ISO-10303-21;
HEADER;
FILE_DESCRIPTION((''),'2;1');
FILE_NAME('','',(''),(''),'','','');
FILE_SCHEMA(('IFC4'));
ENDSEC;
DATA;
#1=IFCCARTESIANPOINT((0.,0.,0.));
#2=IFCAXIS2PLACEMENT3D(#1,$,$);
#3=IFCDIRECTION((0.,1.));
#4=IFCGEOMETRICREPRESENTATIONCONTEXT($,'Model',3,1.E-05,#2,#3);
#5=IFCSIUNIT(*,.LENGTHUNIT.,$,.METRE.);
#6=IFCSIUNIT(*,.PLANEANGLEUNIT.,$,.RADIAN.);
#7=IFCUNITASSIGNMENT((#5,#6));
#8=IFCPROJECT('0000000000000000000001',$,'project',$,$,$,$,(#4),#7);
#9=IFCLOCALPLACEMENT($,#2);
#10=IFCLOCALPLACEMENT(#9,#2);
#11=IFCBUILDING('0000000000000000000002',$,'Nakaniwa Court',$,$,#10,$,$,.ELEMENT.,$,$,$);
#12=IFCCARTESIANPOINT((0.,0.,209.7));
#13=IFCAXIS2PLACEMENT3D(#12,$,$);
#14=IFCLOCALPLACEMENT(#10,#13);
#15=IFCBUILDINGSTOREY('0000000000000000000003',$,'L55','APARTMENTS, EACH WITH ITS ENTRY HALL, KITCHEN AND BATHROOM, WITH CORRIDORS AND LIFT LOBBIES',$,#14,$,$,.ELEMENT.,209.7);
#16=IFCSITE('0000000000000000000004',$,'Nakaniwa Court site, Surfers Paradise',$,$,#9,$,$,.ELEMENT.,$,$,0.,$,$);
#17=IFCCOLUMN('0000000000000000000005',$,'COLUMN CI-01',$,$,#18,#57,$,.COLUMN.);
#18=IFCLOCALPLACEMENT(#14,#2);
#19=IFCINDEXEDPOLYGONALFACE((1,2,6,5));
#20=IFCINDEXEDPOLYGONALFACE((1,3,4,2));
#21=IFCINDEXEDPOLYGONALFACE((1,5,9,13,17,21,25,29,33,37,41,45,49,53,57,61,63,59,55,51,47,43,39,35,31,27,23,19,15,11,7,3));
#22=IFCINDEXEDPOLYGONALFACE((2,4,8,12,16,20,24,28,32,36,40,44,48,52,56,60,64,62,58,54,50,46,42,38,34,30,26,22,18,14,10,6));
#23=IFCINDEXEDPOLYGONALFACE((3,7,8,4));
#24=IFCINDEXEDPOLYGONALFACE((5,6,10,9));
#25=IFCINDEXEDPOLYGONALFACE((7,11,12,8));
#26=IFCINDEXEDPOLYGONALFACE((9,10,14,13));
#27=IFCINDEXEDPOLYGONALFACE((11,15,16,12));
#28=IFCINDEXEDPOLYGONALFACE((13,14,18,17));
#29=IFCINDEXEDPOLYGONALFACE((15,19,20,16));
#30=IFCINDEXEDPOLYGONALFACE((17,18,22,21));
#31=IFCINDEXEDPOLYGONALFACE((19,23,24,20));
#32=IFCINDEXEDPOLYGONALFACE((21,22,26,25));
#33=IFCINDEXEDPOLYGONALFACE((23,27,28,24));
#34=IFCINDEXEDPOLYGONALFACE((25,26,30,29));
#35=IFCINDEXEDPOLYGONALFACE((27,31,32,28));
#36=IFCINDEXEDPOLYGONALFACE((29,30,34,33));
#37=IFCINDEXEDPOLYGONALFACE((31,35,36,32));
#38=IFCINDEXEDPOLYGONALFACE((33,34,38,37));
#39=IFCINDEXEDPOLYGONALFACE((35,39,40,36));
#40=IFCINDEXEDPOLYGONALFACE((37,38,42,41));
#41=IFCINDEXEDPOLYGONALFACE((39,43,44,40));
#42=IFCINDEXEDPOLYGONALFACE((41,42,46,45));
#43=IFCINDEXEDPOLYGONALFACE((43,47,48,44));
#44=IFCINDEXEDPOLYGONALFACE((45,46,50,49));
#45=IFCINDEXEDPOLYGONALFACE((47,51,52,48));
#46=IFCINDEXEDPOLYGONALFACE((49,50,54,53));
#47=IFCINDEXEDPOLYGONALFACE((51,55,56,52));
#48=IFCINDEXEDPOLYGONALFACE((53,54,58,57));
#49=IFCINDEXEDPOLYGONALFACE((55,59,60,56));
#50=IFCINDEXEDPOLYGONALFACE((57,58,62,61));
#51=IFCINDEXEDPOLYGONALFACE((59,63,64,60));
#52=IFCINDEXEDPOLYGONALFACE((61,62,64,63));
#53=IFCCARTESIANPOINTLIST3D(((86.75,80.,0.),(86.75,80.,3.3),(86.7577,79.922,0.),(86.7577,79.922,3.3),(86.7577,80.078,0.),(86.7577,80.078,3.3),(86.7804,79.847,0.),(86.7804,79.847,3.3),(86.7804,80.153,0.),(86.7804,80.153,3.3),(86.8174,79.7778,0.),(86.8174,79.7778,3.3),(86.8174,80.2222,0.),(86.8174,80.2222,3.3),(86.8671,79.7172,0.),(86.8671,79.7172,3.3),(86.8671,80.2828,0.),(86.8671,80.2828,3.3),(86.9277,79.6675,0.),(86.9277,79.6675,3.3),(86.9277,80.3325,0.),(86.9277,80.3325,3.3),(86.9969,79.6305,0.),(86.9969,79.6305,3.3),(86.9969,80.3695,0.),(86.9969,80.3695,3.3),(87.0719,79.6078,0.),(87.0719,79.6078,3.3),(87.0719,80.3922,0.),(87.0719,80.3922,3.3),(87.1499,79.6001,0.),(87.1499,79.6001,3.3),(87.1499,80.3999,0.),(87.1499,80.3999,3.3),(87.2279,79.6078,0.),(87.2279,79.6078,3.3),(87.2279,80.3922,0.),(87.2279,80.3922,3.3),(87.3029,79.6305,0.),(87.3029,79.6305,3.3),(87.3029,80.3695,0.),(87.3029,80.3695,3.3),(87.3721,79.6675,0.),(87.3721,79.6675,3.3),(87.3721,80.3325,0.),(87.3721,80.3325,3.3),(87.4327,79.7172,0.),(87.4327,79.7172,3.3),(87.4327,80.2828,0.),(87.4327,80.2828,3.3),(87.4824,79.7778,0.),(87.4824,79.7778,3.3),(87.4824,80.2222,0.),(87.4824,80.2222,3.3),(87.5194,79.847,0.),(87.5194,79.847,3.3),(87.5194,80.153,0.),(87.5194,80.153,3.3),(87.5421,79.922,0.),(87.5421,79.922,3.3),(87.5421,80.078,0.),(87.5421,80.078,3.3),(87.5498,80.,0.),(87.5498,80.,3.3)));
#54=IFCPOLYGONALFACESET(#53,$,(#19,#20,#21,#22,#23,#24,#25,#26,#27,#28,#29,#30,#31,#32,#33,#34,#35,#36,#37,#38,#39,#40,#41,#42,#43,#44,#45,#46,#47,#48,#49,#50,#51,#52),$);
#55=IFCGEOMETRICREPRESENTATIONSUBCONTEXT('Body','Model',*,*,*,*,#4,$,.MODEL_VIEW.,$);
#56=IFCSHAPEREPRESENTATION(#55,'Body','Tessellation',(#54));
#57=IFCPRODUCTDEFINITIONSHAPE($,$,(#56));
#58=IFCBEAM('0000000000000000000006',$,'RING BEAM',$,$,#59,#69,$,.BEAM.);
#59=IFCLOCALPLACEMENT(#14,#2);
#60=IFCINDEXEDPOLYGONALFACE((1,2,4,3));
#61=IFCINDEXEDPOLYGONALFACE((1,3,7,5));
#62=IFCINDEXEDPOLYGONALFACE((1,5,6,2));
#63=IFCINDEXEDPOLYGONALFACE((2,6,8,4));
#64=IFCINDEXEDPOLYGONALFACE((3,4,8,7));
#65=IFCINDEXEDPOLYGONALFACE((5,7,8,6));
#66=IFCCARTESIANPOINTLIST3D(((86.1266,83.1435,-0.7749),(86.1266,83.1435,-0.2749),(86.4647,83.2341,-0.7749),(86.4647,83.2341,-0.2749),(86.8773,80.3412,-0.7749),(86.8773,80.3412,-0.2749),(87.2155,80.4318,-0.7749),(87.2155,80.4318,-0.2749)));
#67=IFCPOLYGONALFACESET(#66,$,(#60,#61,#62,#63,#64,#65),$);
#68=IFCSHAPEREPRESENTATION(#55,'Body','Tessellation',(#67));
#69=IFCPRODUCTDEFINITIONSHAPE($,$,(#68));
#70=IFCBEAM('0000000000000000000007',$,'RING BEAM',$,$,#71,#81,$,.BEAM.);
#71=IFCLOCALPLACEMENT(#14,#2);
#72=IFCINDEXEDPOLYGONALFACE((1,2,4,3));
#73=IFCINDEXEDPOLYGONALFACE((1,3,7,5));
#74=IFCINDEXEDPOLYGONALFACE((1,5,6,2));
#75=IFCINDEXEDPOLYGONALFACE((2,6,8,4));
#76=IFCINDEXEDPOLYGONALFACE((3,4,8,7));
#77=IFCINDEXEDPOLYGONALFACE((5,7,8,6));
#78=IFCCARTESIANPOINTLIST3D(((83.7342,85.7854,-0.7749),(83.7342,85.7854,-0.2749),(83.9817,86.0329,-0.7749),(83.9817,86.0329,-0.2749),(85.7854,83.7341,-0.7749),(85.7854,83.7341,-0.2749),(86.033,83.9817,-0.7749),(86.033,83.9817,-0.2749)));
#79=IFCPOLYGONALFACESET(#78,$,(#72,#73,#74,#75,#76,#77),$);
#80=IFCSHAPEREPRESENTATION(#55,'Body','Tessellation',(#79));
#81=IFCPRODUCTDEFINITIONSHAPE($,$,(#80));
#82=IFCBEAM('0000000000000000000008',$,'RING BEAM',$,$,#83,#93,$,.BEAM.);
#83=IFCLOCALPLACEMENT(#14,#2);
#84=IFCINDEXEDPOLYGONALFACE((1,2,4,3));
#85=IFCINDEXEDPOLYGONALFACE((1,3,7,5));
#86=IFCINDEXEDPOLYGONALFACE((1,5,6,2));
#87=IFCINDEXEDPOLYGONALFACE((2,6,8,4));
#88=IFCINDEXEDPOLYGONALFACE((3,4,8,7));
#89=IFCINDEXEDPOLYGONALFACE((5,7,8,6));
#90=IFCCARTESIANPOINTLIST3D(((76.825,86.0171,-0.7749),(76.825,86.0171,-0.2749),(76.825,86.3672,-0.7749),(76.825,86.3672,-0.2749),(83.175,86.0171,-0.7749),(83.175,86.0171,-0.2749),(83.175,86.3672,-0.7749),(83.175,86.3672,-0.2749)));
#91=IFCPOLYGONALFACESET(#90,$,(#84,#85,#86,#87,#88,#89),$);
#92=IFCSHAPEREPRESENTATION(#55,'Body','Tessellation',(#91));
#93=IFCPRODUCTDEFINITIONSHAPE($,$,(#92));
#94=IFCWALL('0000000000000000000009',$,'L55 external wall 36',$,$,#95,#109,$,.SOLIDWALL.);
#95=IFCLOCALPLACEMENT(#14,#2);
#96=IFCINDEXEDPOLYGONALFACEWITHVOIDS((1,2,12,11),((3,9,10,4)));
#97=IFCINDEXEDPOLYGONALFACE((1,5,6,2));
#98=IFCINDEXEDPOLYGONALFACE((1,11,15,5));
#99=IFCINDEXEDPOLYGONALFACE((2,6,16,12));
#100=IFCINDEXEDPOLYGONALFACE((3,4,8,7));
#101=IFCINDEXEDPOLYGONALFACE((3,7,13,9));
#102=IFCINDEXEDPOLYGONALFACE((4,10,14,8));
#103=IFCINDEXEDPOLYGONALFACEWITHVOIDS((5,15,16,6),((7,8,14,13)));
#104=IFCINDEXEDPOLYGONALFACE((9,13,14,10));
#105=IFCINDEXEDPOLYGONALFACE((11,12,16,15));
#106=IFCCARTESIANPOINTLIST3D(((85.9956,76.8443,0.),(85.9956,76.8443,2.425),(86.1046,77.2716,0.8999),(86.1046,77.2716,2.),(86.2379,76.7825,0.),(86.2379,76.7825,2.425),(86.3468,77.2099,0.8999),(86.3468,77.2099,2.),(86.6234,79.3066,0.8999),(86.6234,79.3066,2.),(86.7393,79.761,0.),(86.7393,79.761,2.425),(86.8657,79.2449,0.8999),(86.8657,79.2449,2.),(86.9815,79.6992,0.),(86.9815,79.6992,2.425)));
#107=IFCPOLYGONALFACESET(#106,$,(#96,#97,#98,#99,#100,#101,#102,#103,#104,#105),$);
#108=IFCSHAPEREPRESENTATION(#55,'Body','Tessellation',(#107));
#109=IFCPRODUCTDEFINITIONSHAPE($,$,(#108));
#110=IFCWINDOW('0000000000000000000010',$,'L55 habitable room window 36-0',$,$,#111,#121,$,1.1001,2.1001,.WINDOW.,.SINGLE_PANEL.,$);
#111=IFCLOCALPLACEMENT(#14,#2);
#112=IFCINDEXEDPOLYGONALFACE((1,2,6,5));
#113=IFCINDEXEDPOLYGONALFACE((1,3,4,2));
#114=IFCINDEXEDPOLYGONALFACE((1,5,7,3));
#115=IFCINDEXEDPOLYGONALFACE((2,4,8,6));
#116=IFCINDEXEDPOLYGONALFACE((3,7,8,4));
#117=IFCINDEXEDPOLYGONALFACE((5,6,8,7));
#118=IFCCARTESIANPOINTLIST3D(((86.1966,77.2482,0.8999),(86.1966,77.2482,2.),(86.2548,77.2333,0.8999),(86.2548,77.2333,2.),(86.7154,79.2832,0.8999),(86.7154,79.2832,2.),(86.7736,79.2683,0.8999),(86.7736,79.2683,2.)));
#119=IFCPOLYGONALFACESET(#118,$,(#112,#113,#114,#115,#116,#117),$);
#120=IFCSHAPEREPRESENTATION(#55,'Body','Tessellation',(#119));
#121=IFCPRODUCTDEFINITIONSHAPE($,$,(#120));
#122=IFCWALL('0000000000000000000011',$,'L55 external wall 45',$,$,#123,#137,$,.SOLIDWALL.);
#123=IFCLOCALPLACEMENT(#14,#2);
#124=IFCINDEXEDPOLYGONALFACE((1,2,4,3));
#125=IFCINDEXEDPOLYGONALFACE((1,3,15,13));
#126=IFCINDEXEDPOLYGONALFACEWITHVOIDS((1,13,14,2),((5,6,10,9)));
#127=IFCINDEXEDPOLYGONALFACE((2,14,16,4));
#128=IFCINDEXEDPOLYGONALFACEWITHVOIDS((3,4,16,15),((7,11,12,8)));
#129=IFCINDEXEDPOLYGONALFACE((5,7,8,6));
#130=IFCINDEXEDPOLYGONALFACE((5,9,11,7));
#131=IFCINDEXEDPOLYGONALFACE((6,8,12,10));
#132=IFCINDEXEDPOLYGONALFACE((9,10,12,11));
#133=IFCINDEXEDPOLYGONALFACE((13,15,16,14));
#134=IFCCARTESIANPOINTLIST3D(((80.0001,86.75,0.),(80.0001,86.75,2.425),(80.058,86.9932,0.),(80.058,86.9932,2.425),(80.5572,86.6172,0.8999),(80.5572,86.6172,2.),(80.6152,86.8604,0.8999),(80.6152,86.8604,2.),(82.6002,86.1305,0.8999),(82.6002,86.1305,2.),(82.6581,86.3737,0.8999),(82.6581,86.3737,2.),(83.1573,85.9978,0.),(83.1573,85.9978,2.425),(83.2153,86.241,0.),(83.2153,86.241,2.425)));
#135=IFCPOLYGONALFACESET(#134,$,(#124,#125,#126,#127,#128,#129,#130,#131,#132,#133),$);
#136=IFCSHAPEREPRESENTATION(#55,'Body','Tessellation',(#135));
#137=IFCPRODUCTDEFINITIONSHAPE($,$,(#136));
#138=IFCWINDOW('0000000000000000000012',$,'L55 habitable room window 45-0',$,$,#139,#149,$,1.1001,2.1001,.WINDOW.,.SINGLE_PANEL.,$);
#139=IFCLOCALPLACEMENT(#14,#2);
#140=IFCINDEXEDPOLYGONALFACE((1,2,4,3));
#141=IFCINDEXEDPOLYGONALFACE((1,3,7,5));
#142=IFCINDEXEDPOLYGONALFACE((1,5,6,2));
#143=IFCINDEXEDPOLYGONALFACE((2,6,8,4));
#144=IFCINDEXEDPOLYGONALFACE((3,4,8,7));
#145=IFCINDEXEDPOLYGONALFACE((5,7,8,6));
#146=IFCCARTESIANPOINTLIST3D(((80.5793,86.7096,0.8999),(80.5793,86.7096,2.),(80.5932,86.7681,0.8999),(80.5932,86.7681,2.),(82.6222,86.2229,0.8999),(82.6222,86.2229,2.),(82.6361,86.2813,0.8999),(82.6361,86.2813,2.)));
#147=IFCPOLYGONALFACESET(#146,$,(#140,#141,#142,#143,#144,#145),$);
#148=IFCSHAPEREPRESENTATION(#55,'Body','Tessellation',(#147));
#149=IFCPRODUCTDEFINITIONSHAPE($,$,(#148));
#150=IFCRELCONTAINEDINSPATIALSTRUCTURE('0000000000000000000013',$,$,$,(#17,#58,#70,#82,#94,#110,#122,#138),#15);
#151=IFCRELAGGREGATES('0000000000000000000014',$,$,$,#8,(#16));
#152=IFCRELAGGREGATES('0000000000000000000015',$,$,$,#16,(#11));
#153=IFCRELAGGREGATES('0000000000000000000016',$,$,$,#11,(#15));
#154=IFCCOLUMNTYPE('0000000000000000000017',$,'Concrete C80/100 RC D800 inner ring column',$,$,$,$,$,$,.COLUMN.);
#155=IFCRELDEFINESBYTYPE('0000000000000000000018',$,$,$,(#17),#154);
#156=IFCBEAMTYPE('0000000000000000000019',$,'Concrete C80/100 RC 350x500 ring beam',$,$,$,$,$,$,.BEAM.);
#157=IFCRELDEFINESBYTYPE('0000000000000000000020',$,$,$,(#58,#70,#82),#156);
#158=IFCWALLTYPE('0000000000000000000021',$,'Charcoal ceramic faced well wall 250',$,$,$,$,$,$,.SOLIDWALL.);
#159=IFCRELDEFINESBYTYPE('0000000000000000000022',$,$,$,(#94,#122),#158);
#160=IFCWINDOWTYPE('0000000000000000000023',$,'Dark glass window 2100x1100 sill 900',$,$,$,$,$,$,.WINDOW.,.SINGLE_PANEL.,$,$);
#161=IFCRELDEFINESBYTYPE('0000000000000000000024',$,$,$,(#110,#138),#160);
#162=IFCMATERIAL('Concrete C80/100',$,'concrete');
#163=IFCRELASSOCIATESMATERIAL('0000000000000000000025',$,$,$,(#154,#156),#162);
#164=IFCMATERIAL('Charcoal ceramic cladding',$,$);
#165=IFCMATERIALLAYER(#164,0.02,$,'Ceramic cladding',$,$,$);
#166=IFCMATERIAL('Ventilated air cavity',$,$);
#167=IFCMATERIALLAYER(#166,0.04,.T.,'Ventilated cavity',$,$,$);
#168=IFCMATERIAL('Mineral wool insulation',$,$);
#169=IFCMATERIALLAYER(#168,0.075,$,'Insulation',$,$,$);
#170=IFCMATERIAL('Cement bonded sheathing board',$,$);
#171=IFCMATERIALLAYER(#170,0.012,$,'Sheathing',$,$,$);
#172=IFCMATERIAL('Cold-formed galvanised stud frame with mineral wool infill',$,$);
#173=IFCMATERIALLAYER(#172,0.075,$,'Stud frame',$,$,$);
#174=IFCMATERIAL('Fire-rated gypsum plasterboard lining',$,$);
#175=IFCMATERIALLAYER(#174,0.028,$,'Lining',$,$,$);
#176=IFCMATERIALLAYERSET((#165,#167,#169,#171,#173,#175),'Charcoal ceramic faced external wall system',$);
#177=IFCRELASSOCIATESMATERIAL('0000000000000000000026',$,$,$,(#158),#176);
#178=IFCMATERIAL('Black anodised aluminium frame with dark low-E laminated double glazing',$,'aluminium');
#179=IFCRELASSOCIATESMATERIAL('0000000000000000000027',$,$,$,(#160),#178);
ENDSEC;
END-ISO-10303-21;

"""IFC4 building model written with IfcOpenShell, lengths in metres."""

from ifc_helpers import new_model, si_unit, direction, frame, frame_2d, origin, origin_2d, place, context, subcontext, project, spatial, rectangle, circle, extrude, material, layer, layer_set, material_profile, profile_set, type_object, element, fill, save


model = new_model("IFC4")

# Units and contexts
model_context = context("Model", 3, precision=1e-05, world=origin(), true_north=direction((0.0, 1.0)))
body_context = subcontext(model_context, "Body", "Model", "MODEL_VIEW")
ifc_project = project(units=[si_unit("LENGTHUNIT", "METRE"), si_unit("PLANEANGLEUNIT", "RADIAN")], contexts=[model_context])

# Site, building, storey
site_placement = place(None, origin())
site = spatial("IfcSite", under=ifc_project, at=site_placement, Name="Nakaniwa Court site, Surfers Paradise", CompositionType="ELEMENT", RefElevation=0.0)
building_placement = place(site_placement, origin())
building = spatial("IfcBuilding", under=site, at=building_placement, Name="Nakaniwa Court", CompositionType="ELEMENT")
storey_placement = place(building_placement, frame((0.0, 0.0, 209.7)))
storey = spatial("IfcBuildingStorey", under=building, at=storey_placement, Name="L55", Description="APARTMENTS, EACH WITH ITS ENTRY HALL, KITCHEN AND BATHROOM, WITH CORRIDORS AND LIFT LOBBIES", CompositionType="ELEMENT", Elevation=209.7)

# Column
ifc_material_1 = material(Name="Concrete C80/100", Category="concrete")
ifc_material_profile_1 = material_profile(ifc_material_1, circle(Radius=0.3999, at=origin_2d()), Name="Concrete C80/100 RC D800 inner ring column")
ifc_profile_set_1 = profile_set([ifc_material_profile_1], Name="Concrete C80/100")
column_type = type_object("IfcColumnType", Name="Concrete C80/100 RC D800 inner ring column", PredefinedType="COLUMN", material=ifc_profile_set_1)
for number, where, z_axis, x_axis, name in (
    (1, (87.1499, 80.0, 0.0), (0.0, 0.0, 1.0), (0.0, 1.0, 0.0), "COLUMN CI-01"),
):
    element("IfcColumn", number, at=place(storey_placement, frame(where, z_axis=z_axis, x_axis=x_axis)), inside=storey, type_object=column_type, Name=name, PredefinedType="COLUMN", context=body_context, shape_type="SweptSolid", body=[
        extrude(circle(Radius=0.3999, at=origin_2d()), origin(), (0.0, 0.0, 1.0), 3.3),
    ])

# Beams
ifc_material_profile_2 = material_profile(ifc_material_1, rectangle(XDim=0.3501, YDim=0.5, at=origin_2d()), Name="Concrete C80/100 RC 350x500 ring beam")
ifc_profile_set_2 = profile_set([ifc_material_profile_2], Name="Concrete C80/100")
beam_type = type_object("IfcBeamType", Name="Concrete C80/100 RC 350x500 ring beam", PredefinedType="BEAM", material=ifc_profile_set_2)
beam_1_placement = place(storey_placement, frame((87.0464, 80.3865, -0.5249), z_axis=(-0.258778, 0.965937, 0.0), x_axis=(-0.965937, -0.258778, 0.0)))
element("IfcBeam", 2, at=beam_1_placement, inside=storey, type_object=beam_type, Name="RING BEAM", PredefinedType="BEAM", context=body_context, shape_type="SweptSolid", body=[
    extrude(rectangle(XDim=0.3501, YDim=0.5, at=origin_2d()), origin(), (0.0, 0.0, 1.0), 2.9011),
])
beam_2_placement = place(storey_placement, frame((85.9092, 83.8579, -0.5249), z_axis=(-0.707107, 0.707107, 0.0), x_axis=(-0.707107, -0.707107, 0.0)))
element("IfcBeam", 3, at=beam_2_placement, inside=storey, type_object=beam_type, Name="RING BEAM", PredefinedType="BEAM", context=body_context, shape_type="SweptSolid", body=[
    extrude(rectangle(XDim=0.3501, YDim=0.5, at=origin_2d()), origin(), (0.0, 0.0, 1.0), 2.9009),
])
beam_3_placement = place(storey_placement, frame((83.175, 86.1921, -0.5249), z_axis=(-1.0, 0.0, 0.0), x_axis=(0.0, -1.0, 0.0)))
element("IfcBeam", 4, at=beam_3_placement, inside=storey, type_object=beam_type, Name="RING BEAM", PredefinedType="BEAM", context=body_context, shape_type="SweptSolid", body=[
    extrude(rectangle(XDim=0.3501, YDim=0.5, at=origin_2d()), origin(), (0.0, 0.0, 1.0), 6.3501),
])

# Walls, openings, windows
ifc_material_2 = material(Name="Charcoal ceramic cladding")
ifc_layer_1 = layer(ifc_material_2, 0.02, Name="Ceramic cladding")
ifc_material_3 = material(Name="Ventilated air cavity")
ifc_layer_2 = layer(ifc_material_3, 0.04, ventilated=True, Name="Ventilated cavity")
ifc_material_4 = material(Name="Mineral wool insulation")
ifc_layer_3 = layer(ifc_material_4, 0.075, Name="Insulation")
ifc_material_5 = material(Name="Cement bonded sheathing board")
ifc_layer_4 = layer(ifc_material_5, 0.012, Name="Sheathing")
ifc_material_6 = material(Name="Cold-formed galvanised stud frame with mineral wool infill")
ifc_layer_5 = layer(ifc_material_6, 0.075, Name="Stud frame")
ifc_material_7 = material(Name="Fire-rated gypsum plasterboard lining")
ifc_layer_6 = layer(ifc_material_7, 0.028, Name="Lining")
ifc_layer_set_1 = layer_set([ifc_layer_1, ifc_layer_2, ifc_layer_3, ifc_layer_4, ifc_layer_5, ifc_layer_6], Name="Charcoal ceramic faced external wall system")
wall_type_1 = type_object("IfcWallType", Name="Charcoal ceramic faced well wall 250", PredefinedType="SOLIDWALL", material=ifc_layer_set_1)
wall_1_placement = place(storey_placement, frame((86.8604, 79.73, 0.0), z_axis=(0.0, 0.0, 1.0), x_axis=(-0.247056, -0.969001, 0.0)))
wall_1 = element("IfcWall", 5, at=wall_1_placement, inside=storey, type_object=wall_type_1, Name="L55 external wall 36", PredefinedType="SOLIDWALL", context=body_context, shape_type="SweptSolid", body=[
    extrude(rectangle(XDim=3.01, YDim=0.25, at=frame_2d((1.5049, 0.0))), origin(), (0.0, 0.0, 1.0), 2.425),
])
opening_1_placement = place(wall_1_placement, frame((0.4688, 0.0, 0.8999)))
opening_1 = element("IfcOpeningElement", 6, at=opening_1_placement, cuts=wall_1, PredefinedType="OPENING", context=body_context, shape_type="SweptSolid", body=[
    extrude(rectangle(XDim=2.1001, YDim=1.1001, at=frame_2d((1.05, 0.55))), frame((0.0, 0.135, 0.0), z_axis=(0.0, -1.0, 0.0), x_axis=(1.0, 0.0, 0.0)), (0.0, 0.0, 1.0), 0.27),
])
ifc_material_8 = material(Name="Black anodised aluminium frame with dark low-E laminated double glazing", Category="aluminium")
window_type = type_object("IfcWindowType", Name="Dark glass window 2100x1100 sill 900", PartitioningType="SINGLE_PANEL", PredefinedType="WINDOW", material=ifc_material_8)
window_1_placement = place(opening_1_placement, origin())
window_1 = element("IfcWindow", 7, at=window_1_placement, inside=storey, type_object=window_type, Name="L55 habitable room window 36-0", OverallHeight=1.1001, OverallWidth=2.1001, PartitioningType="SINGLE_PANEL", PredefinedType="WINDOW", context=body_context, shape_type="SweptSolid", body=[
    extrude(rectangle(XDim=2.1001, YDim=1.1001, at=frame_2d((1.05, 0.55))), frame((0.0, 0.03, 0.0), z_axis=(0.0, -1.0, 0.0), x_axis=(1.0, 0.0, 0.0)), (0.0, 0.0, 1.0), 0.0601),
])
fill(opening_1, window_1)
wall_2_placement = place(storey_placement, frame((80.0291, 86.8716, 0.0), z_axis=(0.0, 0.0, 1.0), x_axis=(0.972773, -0.23176, 0.0)))
wall_2 = element("IfcWall", 8, at=wall_2_placement, inside=storey, type_object=wall_type_1, Name="L55 external wall 45", PredefinedType="SOLIDWALL", context=body_context, shape_type="SweptSolid", body=[
    extrude(rectangle(XDim=3.2456, YDim=0.25, at=frame_2d((1.6228, 0.0))), origin(), (0.0, 0.0, 1.0), 2.425),
])
opening_2_placement = place(wall_2_placement, frame((0.5728, 0.0, 0.8999)))
opening_2 = element("IfcOpeningElement", 9, at=opening_2_placement, cuts=wall_2, PredefinedType="OPENING", context=body_context, shape_type="SweptSolid", body=[
    extrude(rectangle(XDim=2.1001, YDim=1.1001, at=frame_2d((1.05, 0.55))), frame((0.0, 0.135, 0.0), z_axis=(0.0, -1.0, 0.0), x_axis=(1.0, 0.0, 0.0)), (0.0, 0.0, 1.0), 0.27),
])
window_2_placement = place(opening_2_placement, origin())
window_2 = element("IfcWindow", 10, at=window_2_placement, inside=storey, type_object=window_type, Name="L55 habitable room window 45-0", OverallHeight=1.1001, OverallWidth=2.1001, PartitioningType="SINGLE_PANEL", PredefinedType="WINDOW", context=body_context, shape_type="SweptSolid", body=[
    extrude(rectangle(XDim=2.1001, YDim=1.1001, at=frame_2d((1.05, 0.55))), frame((0.0, 0.03, 0.0), z_axis=(0.0, -1.0, 0.0), x_axis=(1.0, 0.0, 0.0)), (0.0, 0.0, 1.0), 0.0601),
])
fill(opening_2, window_2)

save(model, "model.ifc")
